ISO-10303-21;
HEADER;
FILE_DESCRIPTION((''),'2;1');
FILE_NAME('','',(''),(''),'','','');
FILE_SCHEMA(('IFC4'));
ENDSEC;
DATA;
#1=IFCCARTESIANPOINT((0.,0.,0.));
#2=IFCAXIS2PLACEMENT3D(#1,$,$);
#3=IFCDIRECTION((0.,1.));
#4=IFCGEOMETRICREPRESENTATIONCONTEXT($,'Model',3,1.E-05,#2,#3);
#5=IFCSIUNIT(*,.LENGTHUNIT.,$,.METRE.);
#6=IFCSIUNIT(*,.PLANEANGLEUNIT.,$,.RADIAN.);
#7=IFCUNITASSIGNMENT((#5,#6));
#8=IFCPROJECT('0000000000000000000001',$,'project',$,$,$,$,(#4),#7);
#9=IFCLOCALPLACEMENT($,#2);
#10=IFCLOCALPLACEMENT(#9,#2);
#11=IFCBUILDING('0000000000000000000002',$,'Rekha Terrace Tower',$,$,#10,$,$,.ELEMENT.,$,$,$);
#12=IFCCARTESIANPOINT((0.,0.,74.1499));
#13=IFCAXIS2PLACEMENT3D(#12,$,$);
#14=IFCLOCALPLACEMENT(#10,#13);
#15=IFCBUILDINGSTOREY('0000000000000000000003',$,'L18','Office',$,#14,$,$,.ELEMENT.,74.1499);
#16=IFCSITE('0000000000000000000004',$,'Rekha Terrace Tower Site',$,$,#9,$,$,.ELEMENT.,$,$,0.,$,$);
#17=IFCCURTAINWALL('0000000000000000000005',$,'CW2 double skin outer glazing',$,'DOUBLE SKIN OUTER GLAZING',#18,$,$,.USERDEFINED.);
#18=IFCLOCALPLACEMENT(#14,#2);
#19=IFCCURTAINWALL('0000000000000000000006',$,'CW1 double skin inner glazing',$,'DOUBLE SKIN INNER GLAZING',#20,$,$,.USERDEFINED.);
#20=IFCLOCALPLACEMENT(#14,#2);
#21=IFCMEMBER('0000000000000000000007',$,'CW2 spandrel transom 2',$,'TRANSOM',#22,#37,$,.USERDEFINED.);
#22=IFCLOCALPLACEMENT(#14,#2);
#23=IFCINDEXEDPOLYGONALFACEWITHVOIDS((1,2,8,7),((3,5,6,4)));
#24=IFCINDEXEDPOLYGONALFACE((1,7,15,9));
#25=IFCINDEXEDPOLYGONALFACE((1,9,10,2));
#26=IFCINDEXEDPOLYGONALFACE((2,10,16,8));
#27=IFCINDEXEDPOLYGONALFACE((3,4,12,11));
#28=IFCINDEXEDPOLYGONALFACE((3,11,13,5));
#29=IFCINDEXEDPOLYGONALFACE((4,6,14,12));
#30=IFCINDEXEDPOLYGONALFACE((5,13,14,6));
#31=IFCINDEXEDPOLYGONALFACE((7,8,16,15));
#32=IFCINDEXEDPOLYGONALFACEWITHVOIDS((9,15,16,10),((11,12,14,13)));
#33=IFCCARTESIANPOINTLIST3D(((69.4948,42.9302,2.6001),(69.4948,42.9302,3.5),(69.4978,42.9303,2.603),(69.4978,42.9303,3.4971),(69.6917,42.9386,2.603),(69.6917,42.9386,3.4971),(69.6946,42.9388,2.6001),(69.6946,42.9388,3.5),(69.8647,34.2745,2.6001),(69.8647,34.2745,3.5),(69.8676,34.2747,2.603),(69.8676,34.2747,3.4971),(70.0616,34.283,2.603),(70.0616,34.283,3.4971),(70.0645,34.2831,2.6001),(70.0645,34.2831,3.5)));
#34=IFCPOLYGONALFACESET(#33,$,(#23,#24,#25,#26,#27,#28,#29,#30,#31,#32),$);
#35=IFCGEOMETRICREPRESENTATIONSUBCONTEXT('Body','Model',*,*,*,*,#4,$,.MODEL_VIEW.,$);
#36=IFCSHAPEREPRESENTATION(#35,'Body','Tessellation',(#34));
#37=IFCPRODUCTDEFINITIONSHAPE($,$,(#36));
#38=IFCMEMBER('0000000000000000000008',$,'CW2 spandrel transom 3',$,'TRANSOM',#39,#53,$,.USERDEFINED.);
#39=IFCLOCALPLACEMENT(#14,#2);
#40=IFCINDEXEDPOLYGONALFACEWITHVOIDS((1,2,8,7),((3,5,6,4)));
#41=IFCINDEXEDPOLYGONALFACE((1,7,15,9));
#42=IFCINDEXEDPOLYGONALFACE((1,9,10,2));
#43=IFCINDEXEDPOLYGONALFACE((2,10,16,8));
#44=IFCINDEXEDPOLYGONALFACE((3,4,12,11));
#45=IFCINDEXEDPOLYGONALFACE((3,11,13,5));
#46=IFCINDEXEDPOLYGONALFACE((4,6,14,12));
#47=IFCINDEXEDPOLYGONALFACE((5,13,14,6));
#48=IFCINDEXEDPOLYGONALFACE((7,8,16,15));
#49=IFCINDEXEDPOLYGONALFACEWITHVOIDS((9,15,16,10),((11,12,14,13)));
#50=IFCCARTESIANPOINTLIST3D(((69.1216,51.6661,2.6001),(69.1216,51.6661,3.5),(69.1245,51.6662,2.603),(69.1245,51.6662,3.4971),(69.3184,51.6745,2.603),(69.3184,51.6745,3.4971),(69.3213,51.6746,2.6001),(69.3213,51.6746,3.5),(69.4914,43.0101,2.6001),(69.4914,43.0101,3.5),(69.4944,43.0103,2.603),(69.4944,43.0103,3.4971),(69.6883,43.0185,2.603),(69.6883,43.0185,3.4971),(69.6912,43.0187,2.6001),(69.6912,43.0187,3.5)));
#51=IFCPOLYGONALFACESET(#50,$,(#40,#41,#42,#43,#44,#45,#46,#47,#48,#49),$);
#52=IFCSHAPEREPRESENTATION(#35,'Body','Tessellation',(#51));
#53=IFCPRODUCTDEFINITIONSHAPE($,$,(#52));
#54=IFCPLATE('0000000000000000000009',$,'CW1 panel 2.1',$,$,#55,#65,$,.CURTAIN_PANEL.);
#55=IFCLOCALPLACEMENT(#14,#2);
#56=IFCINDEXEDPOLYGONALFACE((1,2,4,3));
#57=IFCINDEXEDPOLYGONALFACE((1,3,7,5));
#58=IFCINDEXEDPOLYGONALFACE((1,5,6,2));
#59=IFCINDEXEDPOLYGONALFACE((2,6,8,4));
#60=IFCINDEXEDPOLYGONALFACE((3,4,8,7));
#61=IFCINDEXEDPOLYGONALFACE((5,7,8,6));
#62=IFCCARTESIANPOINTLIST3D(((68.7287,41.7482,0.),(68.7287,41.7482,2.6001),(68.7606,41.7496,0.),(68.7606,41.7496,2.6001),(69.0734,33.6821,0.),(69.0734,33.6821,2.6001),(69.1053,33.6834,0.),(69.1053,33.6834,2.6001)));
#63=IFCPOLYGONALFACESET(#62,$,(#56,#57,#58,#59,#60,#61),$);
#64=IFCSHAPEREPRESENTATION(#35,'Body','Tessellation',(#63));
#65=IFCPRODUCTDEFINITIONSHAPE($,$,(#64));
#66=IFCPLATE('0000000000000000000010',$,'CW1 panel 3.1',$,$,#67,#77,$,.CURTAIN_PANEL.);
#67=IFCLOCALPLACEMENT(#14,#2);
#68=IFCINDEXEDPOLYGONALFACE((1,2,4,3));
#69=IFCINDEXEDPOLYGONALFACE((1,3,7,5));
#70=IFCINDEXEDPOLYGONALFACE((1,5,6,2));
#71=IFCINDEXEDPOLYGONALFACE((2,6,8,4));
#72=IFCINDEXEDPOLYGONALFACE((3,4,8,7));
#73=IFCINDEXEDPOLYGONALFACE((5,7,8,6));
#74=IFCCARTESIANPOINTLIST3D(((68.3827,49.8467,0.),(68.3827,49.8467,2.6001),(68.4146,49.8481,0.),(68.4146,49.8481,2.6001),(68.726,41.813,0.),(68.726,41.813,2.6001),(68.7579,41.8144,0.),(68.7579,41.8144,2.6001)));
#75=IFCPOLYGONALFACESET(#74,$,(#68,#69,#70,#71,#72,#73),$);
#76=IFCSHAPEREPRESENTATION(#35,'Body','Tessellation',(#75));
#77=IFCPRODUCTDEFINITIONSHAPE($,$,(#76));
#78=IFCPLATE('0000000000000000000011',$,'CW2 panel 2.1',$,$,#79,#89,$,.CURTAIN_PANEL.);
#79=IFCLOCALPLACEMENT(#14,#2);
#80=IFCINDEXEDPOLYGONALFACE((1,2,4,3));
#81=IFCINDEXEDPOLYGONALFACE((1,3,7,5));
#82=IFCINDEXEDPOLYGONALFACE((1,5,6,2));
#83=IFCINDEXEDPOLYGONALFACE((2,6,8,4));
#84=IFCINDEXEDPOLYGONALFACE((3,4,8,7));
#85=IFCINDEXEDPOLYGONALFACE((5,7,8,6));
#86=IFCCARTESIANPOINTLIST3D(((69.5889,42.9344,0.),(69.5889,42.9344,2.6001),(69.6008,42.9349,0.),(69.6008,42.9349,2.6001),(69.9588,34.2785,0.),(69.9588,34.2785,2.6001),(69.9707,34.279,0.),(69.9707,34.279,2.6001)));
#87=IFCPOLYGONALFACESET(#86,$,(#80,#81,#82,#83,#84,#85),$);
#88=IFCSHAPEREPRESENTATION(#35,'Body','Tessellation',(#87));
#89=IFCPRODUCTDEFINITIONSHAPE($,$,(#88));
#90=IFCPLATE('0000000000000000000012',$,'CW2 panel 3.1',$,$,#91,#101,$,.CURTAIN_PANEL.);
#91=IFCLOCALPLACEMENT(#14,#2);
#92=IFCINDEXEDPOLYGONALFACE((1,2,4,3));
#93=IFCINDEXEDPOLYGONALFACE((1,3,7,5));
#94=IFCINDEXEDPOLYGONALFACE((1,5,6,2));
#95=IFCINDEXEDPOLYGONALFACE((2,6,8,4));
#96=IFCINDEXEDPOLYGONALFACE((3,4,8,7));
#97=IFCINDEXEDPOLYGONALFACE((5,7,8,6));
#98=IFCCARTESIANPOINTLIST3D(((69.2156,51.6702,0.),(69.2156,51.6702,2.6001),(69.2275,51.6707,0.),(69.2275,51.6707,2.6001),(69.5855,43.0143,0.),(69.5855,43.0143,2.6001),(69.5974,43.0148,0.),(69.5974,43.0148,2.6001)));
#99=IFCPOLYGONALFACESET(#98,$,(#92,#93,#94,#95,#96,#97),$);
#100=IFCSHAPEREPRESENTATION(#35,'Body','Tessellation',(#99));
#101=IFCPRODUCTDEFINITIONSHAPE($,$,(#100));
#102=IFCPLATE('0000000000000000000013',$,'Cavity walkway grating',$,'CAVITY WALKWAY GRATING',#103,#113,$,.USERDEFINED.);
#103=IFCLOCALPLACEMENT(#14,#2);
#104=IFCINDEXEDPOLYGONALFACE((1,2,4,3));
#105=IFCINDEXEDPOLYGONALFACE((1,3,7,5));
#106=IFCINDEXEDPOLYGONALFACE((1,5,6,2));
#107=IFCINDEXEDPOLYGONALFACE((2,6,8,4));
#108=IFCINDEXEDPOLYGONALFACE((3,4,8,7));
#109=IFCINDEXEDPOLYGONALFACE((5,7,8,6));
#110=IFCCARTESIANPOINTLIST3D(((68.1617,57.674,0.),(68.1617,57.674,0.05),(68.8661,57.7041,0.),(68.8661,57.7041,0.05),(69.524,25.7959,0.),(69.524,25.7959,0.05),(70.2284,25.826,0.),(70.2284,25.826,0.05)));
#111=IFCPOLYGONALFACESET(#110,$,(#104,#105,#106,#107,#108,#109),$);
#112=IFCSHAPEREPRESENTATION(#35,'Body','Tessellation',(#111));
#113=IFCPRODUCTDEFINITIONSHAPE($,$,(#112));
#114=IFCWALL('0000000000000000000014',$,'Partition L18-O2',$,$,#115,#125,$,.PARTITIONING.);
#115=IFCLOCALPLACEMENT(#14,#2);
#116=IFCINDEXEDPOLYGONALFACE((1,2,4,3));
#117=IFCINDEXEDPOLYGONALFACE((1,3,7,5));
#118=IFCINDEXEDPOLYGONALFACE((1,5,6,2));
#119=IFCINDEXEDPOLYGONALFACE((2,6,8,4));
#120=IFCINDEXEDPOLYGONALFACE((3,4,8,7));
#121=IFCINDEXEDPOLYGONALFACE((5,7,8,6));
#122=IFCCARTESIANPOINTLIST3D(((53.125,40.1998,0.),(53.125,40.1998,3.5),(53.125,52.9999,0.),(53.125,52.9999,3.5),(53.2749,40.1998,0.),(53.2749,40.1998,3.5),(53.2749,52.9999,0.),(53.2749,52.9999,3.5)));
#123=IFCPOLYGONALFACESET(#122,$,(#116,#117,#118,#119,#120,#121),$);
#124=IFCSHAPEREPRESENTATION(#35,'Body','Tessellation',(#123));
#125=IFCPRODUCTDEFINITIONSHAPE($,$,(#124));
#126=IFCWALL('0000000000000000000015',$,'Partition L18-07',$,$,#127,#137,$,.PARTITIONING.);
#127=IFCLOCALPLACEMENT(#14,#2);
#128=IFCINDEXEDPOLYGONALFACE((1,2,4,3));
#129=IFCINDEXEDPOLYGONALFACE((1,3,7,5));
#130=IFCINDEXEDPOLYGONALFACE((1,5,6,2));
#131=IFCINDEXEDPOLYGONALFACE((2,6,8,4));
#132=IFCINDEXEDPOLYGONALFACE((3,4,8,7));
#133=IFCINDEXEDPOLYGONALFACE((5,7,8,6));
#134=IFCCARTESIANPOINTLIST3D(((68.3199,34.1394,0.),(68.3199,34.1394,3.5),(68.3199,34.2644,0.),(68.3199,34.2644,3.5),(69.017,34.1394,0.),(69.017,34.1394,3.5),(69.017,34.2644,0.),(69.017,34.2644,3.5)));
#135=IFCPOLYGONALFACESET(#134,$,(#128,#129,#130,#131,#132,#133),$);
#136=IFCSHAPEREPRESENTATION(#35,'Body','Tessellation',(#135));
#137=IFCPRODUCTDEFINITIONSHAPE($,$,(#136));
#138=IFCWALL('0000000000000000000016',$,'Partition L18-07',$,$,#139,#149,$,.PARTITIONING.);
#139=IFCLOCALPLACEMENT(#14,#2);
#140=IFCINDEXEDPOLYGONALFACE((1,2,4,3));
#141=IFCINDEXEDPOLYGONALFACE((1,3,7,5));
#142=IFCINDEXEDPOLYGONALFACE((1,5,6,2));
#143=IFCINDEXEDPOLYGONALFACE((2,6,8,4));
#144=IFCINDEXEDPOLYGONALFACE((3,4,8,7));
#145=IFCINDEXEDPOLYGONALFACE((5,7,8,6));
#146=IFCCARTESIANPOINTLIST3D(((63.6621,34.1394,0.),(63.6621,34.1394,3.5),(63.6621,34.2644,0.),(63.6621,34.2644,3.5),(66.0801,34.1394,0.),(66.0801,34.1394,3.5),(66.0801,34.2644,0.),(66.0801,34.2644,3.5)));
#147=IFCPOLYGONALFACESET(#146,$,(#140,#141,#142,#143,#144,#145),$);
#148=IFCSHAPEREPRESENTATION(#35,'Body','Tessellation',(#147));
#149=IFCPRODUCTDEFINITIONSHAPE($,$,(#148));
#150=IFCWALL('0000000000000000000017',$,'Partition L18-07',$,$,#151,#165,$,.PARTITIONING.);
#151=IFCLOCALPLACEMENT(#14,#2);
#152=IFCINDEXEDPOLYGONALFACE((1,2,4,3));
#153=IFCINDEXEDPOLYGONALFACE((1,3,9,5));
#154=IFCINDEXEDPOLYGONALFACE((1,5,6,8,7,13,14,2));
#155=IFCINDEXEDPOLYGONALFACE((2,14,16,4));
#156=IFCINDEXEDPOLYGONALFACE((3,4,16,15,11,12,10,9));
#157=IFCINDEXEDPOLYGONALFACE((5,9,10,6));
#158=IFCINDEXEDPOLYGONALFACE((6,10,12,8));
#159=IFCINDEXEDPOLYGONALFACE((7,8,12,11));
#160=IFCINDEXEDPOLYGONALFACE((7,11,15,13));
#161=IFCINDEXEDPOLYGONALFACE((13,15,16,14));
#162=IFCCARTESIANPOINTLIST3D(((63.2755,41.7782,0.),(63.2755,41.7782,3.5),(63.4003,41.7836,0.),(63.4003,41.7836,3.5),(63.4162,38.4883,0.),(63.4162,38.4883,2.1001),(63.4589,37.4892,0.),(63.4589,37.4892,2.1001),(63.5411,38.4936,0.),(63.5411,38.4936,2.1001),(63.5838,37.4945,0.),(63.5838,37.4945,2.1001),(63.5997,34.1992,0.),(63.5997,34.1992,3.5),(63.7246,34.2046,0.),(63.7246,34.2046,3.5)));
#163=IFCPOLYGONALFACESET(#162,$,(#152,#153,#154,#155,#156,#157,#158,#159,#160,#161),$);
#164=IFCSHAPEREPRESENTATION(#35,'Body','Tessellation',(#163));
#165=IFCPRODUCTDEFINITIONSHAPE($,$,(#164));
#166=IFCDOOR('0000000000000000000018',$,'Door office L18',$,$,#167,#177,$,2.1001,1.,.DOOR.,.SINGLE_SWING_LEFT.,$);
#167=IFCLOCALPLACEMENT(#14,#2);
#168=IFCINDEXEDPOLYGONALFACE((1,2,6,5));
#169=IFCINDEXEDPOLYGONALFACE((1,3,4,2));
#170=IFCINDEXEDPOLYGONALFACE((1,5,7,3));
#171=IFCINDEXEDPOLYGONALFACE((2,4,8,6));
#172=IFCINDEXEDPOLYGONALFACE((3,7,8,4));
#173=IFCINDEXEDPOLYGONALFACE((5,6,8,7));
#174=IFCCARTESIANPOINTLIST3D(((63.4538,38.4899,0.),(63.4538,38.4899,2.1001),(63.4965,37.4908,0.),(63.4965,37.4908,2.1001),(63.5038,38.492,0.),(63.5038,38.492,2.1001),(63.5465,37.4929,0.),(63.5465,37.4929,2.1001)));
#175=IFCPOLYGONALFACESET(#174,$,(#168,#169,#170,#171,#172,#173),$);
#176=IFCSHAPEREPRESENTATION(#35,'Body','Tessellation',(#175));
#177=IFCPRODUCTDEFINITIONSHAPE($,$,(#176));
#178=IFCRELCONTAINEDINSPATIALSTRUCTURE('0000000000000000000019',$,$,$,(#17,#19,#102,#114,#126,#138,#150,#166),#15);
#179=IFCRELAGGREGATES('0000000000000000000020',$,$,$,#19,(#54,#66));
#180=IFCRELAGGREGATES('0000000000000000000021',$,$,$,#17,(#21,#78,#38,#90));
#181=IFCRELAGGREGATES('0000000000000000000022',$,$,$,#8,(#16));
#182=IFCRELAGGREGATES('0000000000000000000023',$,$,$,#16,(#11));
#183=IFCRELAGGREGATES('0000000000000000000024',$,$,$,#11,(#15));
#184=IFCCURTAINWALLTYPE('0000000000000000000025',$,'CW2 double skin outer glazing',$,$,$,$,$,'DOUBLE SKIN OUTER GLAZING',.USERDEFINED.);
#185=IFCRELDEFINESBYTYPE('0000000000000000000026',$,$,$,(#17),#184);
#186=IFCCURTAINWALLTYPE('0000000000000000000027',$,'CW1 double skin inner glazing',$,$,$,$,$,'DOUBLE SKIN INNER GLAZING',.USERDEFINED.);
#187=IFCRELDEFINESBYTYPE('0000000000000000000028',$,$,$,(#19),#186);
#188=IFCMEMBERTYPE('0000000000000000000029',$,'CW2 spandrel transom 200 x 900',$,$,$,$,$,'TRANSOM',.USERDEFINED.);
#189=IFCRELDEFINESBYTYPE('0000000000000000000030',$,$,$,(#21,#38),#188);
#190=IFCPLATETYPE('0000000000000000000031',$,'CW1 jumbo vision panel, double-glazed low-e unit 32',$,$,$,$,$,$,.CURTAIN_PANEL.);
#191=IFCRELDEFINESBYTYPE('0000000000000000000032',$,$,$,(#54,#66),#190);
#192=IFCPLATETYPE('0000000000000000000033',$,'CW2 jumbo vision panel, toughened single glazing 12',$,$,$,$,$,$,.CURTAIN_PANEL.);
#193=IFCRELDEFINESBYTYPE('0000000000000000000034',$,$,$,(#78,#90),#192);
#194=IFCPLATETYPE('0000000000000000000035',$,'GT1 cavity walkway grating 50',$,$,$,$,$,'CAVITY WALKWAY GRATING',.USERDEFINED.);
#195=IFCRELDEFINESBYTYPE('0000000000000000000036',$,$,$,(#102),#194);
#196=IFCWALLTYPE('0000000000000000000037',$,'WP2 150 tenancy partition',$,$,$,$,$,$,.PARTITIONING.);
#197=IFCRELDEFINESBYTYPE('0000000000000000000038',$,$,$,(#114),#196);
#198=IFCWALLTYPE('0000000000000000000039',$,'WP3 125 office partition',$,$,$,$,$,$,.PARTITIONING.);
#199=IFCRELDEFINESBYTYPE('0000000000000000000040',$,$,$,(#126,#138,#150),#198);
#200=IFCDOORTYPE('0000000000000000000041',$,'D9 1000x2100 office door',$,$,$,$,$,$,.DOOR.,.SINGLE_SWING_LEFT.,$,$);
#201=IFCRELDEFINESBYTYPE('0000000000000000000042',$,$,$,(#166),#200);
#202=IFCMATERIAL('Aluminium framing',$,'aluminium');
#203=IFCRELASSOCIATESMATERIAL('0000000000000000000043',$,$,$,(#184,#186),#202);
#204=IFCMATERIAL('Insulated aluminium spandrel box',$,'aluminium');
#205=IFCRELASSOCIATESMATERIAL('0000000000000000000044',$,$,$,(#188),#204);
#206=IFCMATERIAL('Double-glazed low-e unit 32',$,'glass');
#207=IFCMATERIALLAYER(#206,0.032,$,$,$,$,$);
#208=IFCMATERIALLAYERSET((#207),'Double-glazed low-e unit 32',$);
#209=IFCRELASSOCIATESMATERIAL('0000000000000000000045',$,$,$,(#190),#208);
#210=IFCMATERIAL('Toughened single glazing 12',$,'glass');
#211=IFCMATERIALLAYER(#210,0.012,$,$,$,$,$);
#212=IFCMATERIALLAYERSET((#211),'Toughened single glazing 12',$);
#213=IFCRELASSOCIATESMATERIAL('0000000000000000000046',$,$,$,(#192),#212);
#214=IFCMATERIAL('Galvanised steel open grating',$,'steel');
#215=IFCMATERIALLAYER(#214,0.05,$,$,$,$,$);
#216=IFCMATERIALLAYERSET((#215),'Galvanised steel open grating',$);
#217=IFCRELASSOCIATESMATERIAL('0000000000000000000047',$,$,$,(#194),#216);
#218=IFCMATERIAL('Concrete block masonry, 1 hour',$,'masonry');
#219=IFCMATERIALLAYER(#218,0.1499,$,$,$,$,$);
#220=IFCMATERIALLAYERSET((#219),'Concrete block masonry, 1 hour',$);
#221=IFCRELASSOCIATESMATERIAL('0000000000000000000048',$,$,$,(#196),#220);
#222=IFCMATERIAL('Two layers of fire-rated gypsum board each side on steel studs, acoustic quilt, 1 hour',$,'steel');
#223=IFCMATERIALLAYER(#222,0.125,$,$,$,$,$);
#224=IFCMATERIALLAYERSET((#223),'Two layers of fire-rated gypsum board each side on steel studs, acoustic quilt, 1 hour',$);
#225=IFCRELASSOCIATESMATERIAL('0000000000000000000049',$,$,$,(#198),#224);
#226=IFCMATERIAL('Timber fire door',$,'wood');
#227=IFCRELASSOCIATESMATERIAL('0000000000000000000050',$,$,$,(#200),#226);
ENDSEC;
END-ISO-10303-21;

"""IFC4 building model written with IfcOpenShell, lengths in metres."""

from ifc_helpers import new_model, si_unit, direction, frame, frame_2d, origin, origin_2d, place, context, subcontext, project, spatial, rectangle, hollow_rectangle, extrude, material, layer, layer_set, material_profile, profile_set, type_object, element, fill, aggregate, save


model = new_model("IFC4")

# Units and contexts
model_context = context("Model", 3, precision=1e-05, world=origin(), true_north=direction((0.0, 1.0)))
body_context = subcontext(model_context, "Body", "Model", "MODEL_VIEW")
ifc_project = project(units=[si_unit("LENGTHUNIT", "METRE"), si_unit("PLANEANGLEUNIT", "RADIAN")], contexts=[model_context])

# Site, building, storey
site_placement = place(None, origin())
site = spatial("IfcSite", under=ifc_project, at=site_placement, Name="Rekha Terrace Tower Site", CompositionType="ELEMENT", RefElevation=0.0)
building_placement = place(site_placement, origin())
building = spatial("IfcBuilding", under=site, at=building_placement, Name="Rekha Terrace Tower", CompositionType="ELEMENT")
storey_placement = place(building_placement, frame((0.0, 0.0, 74.1499)))
storey = spatial("IfcBuildingStorey", under=building, at=storey_placement, Name="L18", Description="Office", CompositionType="ELEMENT", Elevation=74.1499)

# Curtain walls
ifc_material_1 = material(Name="Aluminium framing", Category="aluminium")
curtain_wall_type_1 = type_object("IfcCurtainWallType", Name="CW2 double skin outer glazing", ElementType="DOUBLE SKIN OUTER GLAZING", PredefinedType="USERDEFINED", material=ifc_material_1)
curtain_wall_1_placement = place(storey_placement, origin())
curtain_wall_1 = element("IfcCurtainWall", 1, at=curtain_wall_1_placement, inside=storey, type_object=curtain_wall_type_1, Name="CW2 double skin outer glazing", ObjectType="DOUBLE SKIN OUTER GLAZING", PredefinedType="USERDEFINED")
curtain_wall_type_2 = type_object("IfcCurtainWallType", Name="CW1 double skin inner glazing", ElementType="DOUBLE SKIN INNER GLAZING", PredefinedType="USERDEFINED", material=ifc_material_1)
curtain_wall_2_placement = place(storey_placement, origin())
curtain_wall_2 = element("IfcCurtainWall", 2, at=curtain_wall_2_placement, inside=storey, type_object=curtain_wall_type_2, Name="CW1 double skin inner glazing", ObjectType="DOUBLE SKIN INNER GLAZING", PredefinedType="USERDEFINED")
ifc_material_2 = material(Name="Insulated aluminium spandrel box", Category="aluminium")

# Members
ifc_material_profile_1 = material_profile(ifc_material_2, hollow_rectangle(XDim=0.2, YDim=0.8999, WallThickness=0.0029, at=origin_2d()), Name="AL SPANDREL BOX 200x900")
ifc_profile_set_1 = profile_set([ifc_material_profile_1], Name="Insulated aluminium spandrel box")
member_type_1 = type_object("IfcMemberType", Name="CW2 spandrel transom 200 x 900", ElementType="TRANSOM", PredefinedType="USERDEFINED", material=ifc_profile_set_1)
member_1_placement = place(storey_placement, frame((69.9646, 34.2788, 3.05), z_axis=(-0.042692, 0.999088, 0.0), x_axis=(-0.999088, -0.042692, 0.0)))
member_1 = element("IfcMember", 3, at=member_1_placement, type_object=member_type_1, Name="CW2 spandrel transom 2", ObjectType="TRANSOM", PredefinedType="USERDEFINED", context=body_context, shape_type="SweptSolid", body=[
    extrude(hollow_rectangle(XDim=0.2, YDim=0.8999, WallThickness=0.0029, at=origin_2d()), origin(), (0.0, 0.0, 1.0), 8.6636),
])
member_2_placement = place(storey_placement, frame((69.5913, 43.0144, 3.05), z_axis=(-0.042691, 0.999088, 0.0), x_axis=(-0.999088, -0.042691, 0.0)))
member_2 = element("IfcMember", 4, at=member_2_placement, type_object=member_type_1, Name="CW2 spandrel transom 3", ObjectType="TRANSOM", PredefinedType="USERDEFINED", context=body_context, shape_type="SweptSolid", body=[
    extrude(hollow_rectangle(XDim=0.2, YDim=0.8999, WallThickness=0.0029, at=origin_2d()), origin(), (0.0, 0.0, 1.0), 8.6638),
])

# Plates
ifc_material_3 = material(Name="Double-glazed low-e unit 32", Category="glass")
ifc_layer_1 = layer(ifc_material_3, 0.032)
ifc_layer_set_1 = layer_set([ifc_layer_1], Name="Double-glazed low-e unit 32")
plate_type_1 = type_object("IfcPlateType", Name="CW1 jumbo vision panel, double-glazed low-e unit 32", PredefinedType="CURTAIN_PANEL", material=ifc_layer_set_1)
plate_1_placement = place(storey_placement, frame((68.917, 37.7158, 0.0), z_axis=(0.0, 0.0, 1.0), x_axis=(-0.042696, 0.999088, 0.0)))
plate_1 = element("IfcPlate", 5, at=plate_1_placement, type_object=plate_type_1, Name="CW1 panel 2.1", PredefinedType="CURTAIN_PANEL", context=body_context, shape_type="SweptSolid", body=[
    extrude(rectangle(XDim=8.0735, YDim=0.032, at=origin_2d()), origin(), (0.0, 0.0, 1.0), 2.6001),
])
plate_2_placement = place(storey_placement, frame((68.5703, 45.8306, 0.0), z_axis=(0.0, 0.0, 1.0), x_axis=(-0.042696, 0.999088, 0.0)))
plate_2 = element("IfcPlate", 6, at=plate_2_placement, type_object=plate_type_1, Name="CW1 panel 3.1", PredefinedType="CURTAIN_PANEL", context=body_context, shape_type="SweptSolid", body=[
    extrude(rectangle(XDim=8.041, YDim=0.032, at=origin_2d()), origin(), (0.0, 0.0, 1.0), 2.6001),
])
aggregate(curtain_wall_2, [plate_1, plate_2])
ifc_material_4 = material(Name="Toughened single glazing 12", Category="glass")
ifc_layer_2 = layer(ifc_material_4, 0.012)
ifc_layer_set_2 = layer_set([ifc_layer_2], Name="Toughened single glazing 12")
plate_type_2 = type_object("IfcPlateType", Name="CW2 jumbo vision panel, toughened single glazing 12", PredefinedType="CURTAIN_PANEL", material=ifc_layer_set_2)
plate_3_placement = place(storey_placement, frame((69.7798, 38.6067, 0.0), z_axis=(0.0, 0.0, 1.0), x_axis=(-0.042696, 0.999088, 0.0)))
plate_3 = element("IfcPlate", 7, at=plate_3_placement, type_object=plate_type_2, Name="CW2 panel 2.1", PredefinedType="CURTAIN_PANEL", context=body_context, shape_type="SweptSolid", body=[
    extrude(rectangle(XDim=8.6638, YDim=0.012, at=origin_2d()), origin(), (0.0, 0.0, 1.0), 2.6001),
])
plate_4_placement = place(storey_placement, frame((69.4065, 47.3425, 0.0), z_axis=(0.0, 0.0, 1.0), x_axis=(-0.042696, 0.999088, 0.0)))
plate_4 = element("IfcPlate", 8, at=plate_4_placement, type_object=plate_type_2, Name="CW2 panel 3.1", PredefinedType="CURTAIN_PANEL", context=body_context, shape_type="SweptSolid", body=[
    extrude(rectangle(XDim=8.6638, YDim=0.012, at=origin_2d()), origin(), (0.0, 0.0, 1.0), 2.6001),
])
aggregate(curtain_wall_1, [member_1, plate_3, member_2, plate_4])
ifc_material_5 = material(Name="Galvanised steel open grating", Category="steel")
ifc_layer_3 = layer(ifc_material_5, 0.05)
ifc_layer_set_3 = layer_set([ifc_layer_3], Name="Galvanised steel open grating")
plate_type_3 = type_object("IfcPlateType", Name="GT1 cavity walkway grating 50", ElementType="CAVITY WALKWAY GRATING", PredefinedType="USERDEFINED", material=ifc_layer_set_3)
plate_5_placement = place(storey_placement, frame((69.1951, 41.75, 0.0), z_axis=(0.0, 0.0, 1.0), x_axis=(-0.042696, 0.999088, 0.0)))
element("IfcPlate", 9, at=plate_5_placement, inside=storey, type_object=plate_type_3, Name="Cavity walkway grating", ObjectType="CAVITY WALKWAY GRATING", PredefinedType="USERDEFINED", context=body_context, shape_type="SweptSolid", body=[
    extrude(rectangle(XDim=31.9072, YDim=0.7051, at=origin_2d()), origin(), (0.0, 0.0, 1.0), 0.05),
])

# Walls
ifc_material_6 = material(Name="Concrete block masonry, 1 hour", Category="masonry")
ifc_layer_4 = layer(ifc_material_6, 0.1499)
ifc_layer_set_4 = layer_set([ifc_layer_4], Name="Concrete block masonry, 1 hour")
wall_type_1 = type_object("IfcWallType", Name="WP2 150 tenancy partition", PredefinedType="PARTITIONING", material=ifc_layer_set_4)
wall_1_placement = place(storey_placement, frame((53.2, 40.2, 0.0), z_axis=(0.0, 0.0, 1.0), x_axis=(0.0, 1.0, 0.0)))
element("IfcWall", 10, at=wall_1_placement, inside=storey, type_object=wall_type_1, Name="Partition L18-O2", PredefinedType="PARTITIONING", context=body_context, shape_type="SweptSolid", body=[
    extrude(rectangle(XDim=12.8, YDim=0.1499, at=frame_2d((6.3999, 0.0))), origin(), (0.0, 0.0, 1.0), 3.5),
])
ifc_material_7 = material(Name="Two layers of fire-rated gypsum board each side on steel studs, acoustic quilt, 1 hour", Category="steel")
ifc_layer_5 = layer(ifc_material_7, 0.125)
ifc_layer_set_5 = layer_set([ifc_layer_5], Name="Two layers of fire-rated gypsum board each side on steel studs, acoustic quilt, 1 hour")
wall_type_2 = type_object("IfcWallType", Name="WP3 125 office partition", PredefinedType="PARTITIONING", material=ifc_layer_set_5)
wall_2_placement = place(storey_placement, frame((69.0171, 34.2019, 0.0), z_axis=(0.0, 0.0, 1.0), x_axis=(-1.0, 0.0, 0.0)))
element("IfcWall", 11, at=wall_2_placement, inside=storey, type_object=wall_type_2, Name="Partition L18-07", PredefinedType="PARTITIONING", context=body_context, shape_type="SweptSolid", body=[
    extrude(rectangle(XDim=0.697, YDim=0.125, at=frame_2d((0.3486, 0.0))), origin(), (0.0, 0.0, 1.0), 3.5),
])
wall_3_placement = place(storey_placement, frame((66.0801, 34.2019, 0.0), z_axis=(0.0, 0.0, 1.0), x_axis=(-1.0, 0.0, 0.0)))
element("IfcWall", 12, at=wall_3_placement, inside=storey, type_object=wall_type_2, Name="Partition L18-07", PredefinedType="PARTITIONING", context=body_context, shape_type="SweptSolid", body=[
    extrude(rectangle(XDim=2.418, YDim=0.125, at=frame_2d((1.209, 0.0))), origin(), (0.0, 0.0, 1.0), 3.5),
])

# Wall, opening, door
wall_4_placement = place(storey_placement, frame((63.6621, 34.2019, 0.0), z_axis=(0.0, 0.0, 1.0), x_axis=(-0.042739, 0.999086, 0.0)))
wall_4 = element("IfcWall", 13, at=wall_4_placement, inside=storey, type_object=wall_type_2, Name="Partition L18-07", PredefinedType="PARTITIONING", context=body_context, shape_type="SweptSolid", body=[
    extrude(rectangle(XDim=7.5859, YDim=0.125, at=frame_2d((3.793, 0.0))), origin(), (0.0, 0.0, 1.0), 3.5),
])
opening_1_placement = place(wall_4_placement, frame((3.293, 0.0, 0.0)))
opening_1 = element("IfcOpeningElement", 14, at=opening_1_placement, cuts=wall_4, PredefinedType="OPENING", context=body_context, shape_type="SweptSolid", body=[
    extrude(rectangle(XDim=1.0, YDim=2.1001, at=frame_2d((0.5, 1.05))), frame((0.0, 0.0725, 0.0), z_axis=(0.0, -1.0, 0.0), x_axis=(1.0, 0.0, 0.0)), (0.0, 0.0, 1.0), 0.145),
])
ifc_material_8 = material(Name="Timber fire door", Category="wood")
door_type = type_object("IfcDoorType", Name="D9 1000x2100 office door", OperationType="SINGLE_SWING_LEFT", PredefinedType="DOOR", material=ifc_material_8)
door_1_placement = place(opening_1_placement, origin())
door_1 = element("IfcDoor", 15, at=door_1_placement, inside=storey, type_object=door_type, Name="Door office L18", OperationType="SINGLE_SWING_LEFT", OverallHeight=2.1001, OverallWidth=1.0, PredefinedType="DOOR", context=body_context, shape_type="SweptSolid", body=[
    extrude(rectangle(XDim=1.0, YDim=2.1001, at=frame_2d((0.5, 1.05))), frame((0.0, 0.0249, 0.0), z_axis=(0.0, -1.0, 0.0), x_axis=(1.0, 0.0, 0.0)), (0.0, 0.0, 1.0), 0.05),
])
fill(opening_1, door_1)

save(model, "model.ifc")
